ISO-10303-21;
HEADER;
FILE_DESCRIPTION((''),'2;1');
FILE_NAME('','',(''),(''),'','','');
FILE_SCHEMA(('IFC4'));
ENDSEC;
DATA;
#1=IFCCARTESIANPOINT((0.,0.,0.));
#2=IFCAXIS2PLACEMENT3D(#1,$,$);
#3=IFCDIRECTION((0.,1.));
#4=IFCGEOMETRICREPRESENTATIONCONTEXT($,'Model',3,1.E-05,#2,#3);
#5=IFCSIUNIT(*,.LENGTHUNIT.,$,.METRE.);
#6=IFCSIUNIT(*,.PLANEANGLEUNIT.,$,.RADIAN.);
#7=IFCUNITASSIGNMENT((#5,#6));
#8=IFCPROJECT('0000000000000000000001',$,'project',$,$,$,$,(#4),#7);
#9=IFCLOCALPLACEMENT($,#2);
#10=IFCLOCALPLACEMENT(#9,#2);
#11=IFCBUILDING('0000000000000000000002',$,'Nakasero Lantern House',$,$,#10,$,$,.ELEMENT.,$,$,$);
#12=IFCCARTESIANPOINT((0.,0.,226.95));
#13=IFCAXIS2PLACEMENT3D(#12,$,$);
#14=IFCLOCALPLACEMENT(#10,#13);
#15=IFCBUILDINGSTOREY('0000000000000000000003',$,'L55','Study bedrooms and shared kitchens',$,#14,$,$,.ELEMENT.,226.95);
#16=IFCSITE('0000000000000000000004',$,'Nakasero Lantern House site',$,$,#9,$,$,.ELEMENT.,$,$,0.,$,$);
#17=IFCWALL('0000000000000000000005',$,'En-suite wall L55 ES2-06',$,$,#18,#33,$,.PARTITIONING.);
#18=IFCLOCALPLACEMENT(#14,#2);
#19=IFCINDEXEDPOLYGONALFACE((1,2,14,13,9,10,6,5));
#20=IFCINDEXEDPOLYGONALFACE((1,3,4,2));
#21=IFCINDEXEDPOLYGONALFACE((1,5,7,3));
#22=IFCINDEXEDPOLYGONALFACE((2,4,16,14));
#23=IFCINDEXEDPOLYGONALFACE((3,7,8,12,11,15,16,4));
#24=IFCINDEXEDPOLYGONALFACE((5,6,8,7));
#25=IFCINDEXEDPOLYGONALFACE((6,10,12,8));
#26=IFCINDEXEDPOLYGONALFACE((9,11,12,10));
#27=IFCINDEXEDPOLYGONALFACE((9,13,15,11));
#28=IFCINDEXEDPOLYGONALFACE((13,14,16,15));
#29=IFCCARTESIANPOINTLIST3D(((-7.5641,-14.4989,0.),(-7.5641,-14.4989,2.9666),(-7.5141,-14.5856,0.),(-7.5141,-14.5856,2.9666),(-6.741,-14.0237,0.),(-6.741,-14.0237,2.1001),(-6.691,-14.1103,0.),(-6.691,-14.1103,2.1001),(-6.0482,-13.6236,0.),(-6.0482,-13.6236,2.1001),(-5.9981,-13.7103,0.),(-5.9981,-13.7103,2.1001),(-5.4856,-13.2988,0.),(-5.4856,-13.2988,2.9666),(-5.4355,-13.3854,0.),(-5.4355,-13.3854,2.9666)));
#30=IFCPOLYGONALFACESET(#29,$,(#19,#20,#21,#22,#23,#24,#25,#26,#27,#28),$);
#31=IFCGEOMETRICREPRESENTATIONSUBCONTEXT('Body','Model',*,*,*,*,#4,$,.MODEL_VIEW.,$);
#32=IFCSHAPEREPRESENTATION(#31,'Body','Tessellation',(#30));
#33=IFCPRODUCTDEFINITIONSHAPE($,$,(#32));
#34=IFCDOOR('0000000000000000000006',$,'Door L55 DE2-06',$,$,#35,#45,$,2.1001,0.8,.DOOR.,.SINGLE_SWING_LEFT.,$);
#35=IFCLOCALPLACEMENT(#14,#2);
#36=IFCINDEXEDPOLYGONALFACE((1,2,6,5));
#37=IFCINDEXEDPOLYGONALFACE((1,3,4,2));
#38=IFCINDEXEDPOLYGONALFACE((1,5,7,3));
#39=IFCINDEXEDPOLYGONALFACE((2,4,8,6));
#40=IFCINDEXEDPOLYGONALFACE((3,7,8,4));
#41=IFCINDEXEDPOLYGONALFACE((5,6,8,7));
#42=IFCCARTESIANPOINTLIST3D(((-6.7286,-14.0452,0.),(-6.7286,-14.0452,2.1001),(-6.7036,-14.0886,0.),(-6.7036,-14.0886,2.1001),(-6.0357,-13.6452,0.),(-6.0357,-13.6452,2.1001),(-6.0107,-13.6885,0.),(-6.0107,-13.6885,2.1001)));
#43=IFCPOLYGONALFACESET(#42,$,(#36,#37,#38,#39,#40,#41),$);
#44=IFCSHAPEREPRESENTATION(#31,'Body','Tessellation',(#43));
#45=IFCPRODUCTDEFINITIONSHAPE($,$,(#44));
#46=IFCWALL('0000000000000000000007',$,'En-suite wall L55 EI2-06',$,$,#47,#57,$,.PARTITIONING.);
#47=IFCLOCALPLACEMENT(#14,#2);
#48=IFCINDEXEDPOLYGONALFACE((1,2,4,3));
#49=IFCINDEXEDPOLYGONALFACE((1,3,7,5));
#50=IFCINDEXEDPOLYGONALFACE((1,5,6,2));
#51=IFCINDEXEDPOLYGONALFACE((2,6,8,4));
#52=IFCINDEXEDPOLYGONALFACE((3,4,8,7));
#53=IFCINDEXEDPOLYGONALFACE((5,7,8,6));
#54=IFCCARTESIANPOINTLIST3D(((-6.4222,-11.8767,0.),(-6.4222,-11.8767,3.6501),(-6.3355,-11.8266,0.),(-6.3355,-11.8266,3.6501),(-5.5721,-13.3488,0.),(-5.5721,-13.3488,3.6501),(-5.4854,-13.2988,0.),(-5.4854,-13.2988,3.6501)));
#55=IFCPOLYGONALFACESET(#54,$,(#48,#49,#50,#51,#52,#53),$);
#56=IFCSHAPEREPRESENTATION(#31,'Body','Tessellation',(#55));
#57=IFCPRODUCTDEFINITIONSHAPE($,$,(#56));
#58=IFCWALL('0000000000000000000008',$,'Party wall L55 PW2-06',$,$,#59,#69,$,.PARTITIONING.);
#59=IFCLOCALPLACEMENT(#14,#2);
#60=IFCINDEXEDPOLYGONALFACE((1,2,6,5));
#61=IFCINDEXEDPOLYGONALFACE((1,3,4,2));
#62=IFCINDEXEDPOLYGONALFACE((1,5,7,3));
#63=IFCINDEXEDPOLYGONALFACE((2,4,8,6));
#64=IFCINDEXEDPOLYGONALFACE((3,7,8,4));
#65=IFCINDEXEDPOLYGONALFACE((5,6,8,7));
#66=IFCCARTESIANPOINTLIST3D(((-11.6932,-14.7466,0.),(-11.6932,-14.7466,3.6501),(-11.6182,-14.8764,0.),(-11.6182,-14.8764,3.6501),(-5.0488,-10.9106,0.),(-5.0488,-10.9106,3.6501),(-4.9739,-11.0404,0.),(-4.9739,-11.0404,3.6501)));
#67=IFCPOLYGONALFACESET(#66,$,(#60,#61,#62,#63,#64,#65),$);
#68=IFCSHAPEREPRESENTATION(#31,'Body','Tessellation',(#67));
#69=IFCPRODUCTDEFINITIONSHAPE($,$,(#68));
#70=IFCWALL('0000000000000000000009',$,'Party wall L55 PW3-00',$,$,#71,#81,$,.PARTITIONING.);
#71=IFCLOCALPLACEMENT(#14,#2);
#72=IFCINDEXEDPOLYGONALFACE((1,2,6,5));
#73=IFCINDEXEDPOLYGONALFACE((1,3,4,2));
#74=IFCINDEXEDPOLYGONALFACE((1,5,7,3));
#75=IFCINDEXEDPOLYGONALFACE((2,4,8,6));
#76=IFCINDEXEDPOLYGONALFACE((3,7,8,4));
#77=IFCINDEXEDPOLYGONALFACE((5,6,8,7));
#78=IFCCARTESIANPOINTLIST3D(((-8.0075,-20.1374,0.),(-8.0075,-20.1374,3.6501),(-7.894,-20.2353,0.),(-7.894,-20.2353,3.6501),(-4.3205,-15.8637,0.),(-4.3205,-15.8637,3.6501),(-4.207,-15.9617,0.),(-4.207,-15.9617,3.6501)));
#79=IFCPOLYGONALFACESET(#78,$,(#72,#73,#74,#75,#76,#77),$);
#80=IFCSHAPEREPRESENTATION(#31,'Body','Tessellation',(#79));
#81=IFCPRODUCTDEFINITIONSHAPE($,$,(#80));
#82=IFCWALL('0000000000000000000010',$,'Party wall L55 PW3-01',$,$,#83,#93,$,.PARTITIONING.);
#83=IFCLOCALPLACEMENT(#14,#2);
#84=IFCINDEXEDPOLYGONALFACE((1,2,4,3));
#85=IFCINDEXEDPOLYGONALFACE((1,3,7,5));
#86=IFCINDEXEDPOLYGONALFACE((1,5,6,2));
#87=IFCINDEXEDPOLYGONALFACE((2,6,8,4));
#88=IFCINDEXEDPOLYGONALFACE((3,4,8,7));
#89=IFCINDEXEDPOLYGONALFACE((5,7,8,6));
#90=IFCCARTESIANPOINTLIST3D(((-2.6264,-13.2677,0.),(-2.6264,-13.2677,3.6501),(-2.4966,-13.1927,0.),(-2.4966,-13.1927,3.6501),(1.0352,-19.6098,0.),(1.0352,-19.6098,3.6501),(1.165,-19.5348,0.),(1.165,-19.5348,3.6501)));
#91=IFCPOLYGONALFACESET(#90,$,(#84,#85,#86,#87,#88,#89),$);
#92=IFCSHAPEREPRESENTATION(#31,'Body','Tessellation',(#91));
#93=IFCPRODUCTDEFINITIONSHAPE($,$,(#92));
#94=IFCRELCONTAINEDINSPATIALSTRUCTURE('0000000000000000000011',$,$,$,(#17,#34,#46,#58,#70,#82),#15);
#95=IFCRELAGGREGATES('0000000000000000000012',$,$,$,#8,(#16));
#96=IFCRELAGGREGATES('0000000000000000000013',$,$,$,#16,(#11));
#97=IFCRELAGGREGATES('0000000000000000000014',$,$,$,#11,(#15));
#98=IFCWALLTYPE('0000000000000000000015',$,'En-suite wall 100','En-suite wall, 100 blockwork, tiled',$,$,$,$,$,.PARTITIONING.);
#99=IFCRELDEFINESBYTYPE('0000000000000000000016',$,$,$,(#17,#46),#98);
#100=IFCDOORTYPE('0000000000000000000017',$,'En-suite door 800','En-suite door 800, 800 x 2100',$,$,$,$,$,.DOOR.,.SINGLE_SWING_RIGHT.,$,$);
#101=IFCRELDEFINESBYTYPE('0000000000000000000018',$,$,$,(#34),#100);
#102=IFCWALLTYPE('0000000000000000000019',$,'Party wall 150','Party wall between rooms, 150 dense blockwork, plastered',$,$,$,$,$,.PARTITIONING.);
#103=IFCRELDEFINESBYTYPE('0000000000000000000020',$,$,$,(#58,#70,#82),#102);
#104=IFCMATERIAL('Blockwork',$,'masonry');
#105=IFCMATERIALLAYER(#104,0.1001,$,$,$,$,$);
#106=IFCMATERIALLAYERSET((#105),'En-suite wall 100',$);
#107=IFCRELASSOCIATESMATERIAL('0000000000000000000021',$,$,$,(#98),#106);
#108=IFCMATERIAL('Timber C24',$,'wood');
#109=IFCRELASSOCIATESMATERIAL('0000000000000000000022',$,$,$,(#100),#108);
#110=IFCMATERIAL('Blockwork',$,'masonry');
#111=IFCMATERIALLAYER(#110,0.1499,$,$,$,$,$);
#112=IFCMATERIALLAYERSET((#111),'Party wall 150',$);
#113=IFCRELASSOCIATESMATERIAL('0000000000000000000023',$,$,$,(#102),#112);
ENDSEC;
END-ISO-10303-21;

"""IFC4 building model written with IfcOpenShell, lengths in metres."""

from ifc_helpers import new_model, si_unit, direction, frame, frame_2d, origin, place, context, subcontext, project, spatial, rectangle, extrude, material, layer, layer_set, type_object, element, fill, save


model = new_model("IFC4")

# Units and contexts
model_context = context("Model", 3, precision=1e-05, world=origin(), true_north=direction((0.0, 1.0)))
body_context = subcontext(model_context, "Body", "Model", "MODEL_VIEW")
ifc_project = project(units=[si_unit("LENGTHUNIT", "METRE"), si_unit("PLANEANGLEUNIT", "RADIAN")], contexts=[model_context])

# Site, building, storey
site_placement = place(None, origin())
site = spatial("IfcSite", under=ifc_project, at=site_placement, Name="Nakasero Lantern House site", CompositionType="ELEMENT", RefElevation=0.0)
building_placement = place(site_placement, origin())
building = spatial("IfcBuilding", under=site, at=building_placement, Name="Nakasero Lantern House", CompositionType="ELEMENT")
storey_placement = place(building_placement, frame((0.0, 0.0, 226.95)))
storey = spatial("IfcBuildingStorey", under=building, at=storey_placement, Name="L55", Description="Study bedrooms and shared kitchens", CompositionType="ELEMENT", Elevation=226.95)

# Wall, opening, door
ifc_material_1 = material(Name="Blockwork", Category="masonry")
ifc_layer_1 = layer(ifc_material_1, 0.1001)
ifc_layer_set_1 = layer_set([ifc_layer_1], Name="En-suite wall 100")
wall_type_1 = type_object("IfcWallType", Name="En-suite wall 100", Description="En-suite wall, 100 blockwork, tiled", PredefinedType="PARTITIONING", material=ifc_layer_set_1)
wall_1_placement = place(storey_placement, frame((-5.4604, -13.342, 0.0), z_axis=(0.0, 0.0, 1.0), x_axis=(-0.866006, -0.500034, 0.0)))
wall_1 = element("IfcWall", 1, at=wall_1_placement, inside=storey, type_object=wall_type_1, Name="En-suite wall L55 ES2-06", PredefinedType="PARTITIONING", context=body_context, shape_type="SweptSolid", body=[
    extrude(rectangle(XDim=2.4001, YDim=0.1001, at=frame_2d((1.2002, 0.0))), origin(), (0.0, 0.0, 1.0), 2.9666),
])
opening_1_placement = place(wall_1_placement, frame((0.6499, 0.0, 0.0)))
opening_1 = element("IfcOpeningElement", 2, at=opening_1_placement, cuts=wall_1, PredefinedType="OPENING", context=body_context, shape_type="SweptSolid", body=[
    extrude(rectangle(XDim=0.8, YDim=2.1001, at=frame_2d((0.3999, 1.05))), frame((0.0, 0.0701, 0.0), z_axis=(0.0, -1.0, 0.0), x_axis=(1.0, 0.0, 0.0)), (0.0, 0.0, 1.0), 0.1401),
])
ifc_material_2 = material(Name="Timber C24", Category="wood")
door_type_1 = type_object("IfcDoorType", Name="En-suite door 800", Description="En-suite door 800, 800 x 2100", OperationType="SINGLE_SWING_RIGHT", PredefinedType="DOOR", material=ifc_material_2)
door_1_placement = place(opening_1_placement, origin())
door_1 = element("IfcDoor", 3, at=door_1_placement, inside=storey, type_object=door_type_1, Name="Door L55 DE2-06", OperationType="SINGLE_SWING_LEFT", OverallHeight=2.1001, OverallWidth=0.8, PredefinedType="DOOR", context=body_context, shape_type="SweptSolid", body=[
    extrude(rectangle(XDim=0.8, YDim=2.1001, at=frame_2d((0.3999, 1.05))), frame((0.0, 0.0249, 0.0), z_axis=(0.0, -1.0, 0.0), x_axis=(1.0, 0.0, 0.0)), (0.0, 0.0, 1.0), 0.05),
])
fill(opening_1, door_1)

# Walls
wall_2_placement = place(storey_placement, frame((-6.3789, -11.8516, 0.0), z_axis=(0.0, 0.0, 1.0), x_axis=(0.500062, -0.865989, 0.0)))
element("IfcWall", 4, at=wall_2_placement, inside=storey, type_object=wall_type_1, Name="En-suite wall L55 EI2-06", PredefinedType="PARTITIONING", context=body_context, shape_type="SweptSolid", body=[
    extrude(rectangle(XDim=1.7, YDim=0.1001, at=frame_2d((0.8501, 0.0))), origin(), (0.0, 0.0, 1.0), 3.6501),
])
ifc_material_3 = material(Name="Blockwork", Category="masonry")
ifc_layer_2 = layer(ifc_material_3, 0.1499)
ifc_layer_set_2 = layer_set([ifc_layer_2], Name="Party wall 150")
wall_type_2 = type_object("IfcWallType", Name="Party wall 150", Description="Party wall between rooms, 150 dense blockwork, plastered", PredefinedType="PARTITIONING", material=ifc_layer_set_2)
wall_3_placement = place(storey_placement, frame((-5.0115, -10.9756, 0.0), z_axis=(0.0, 0.0, 1.0), x_axis=(-0.866034, -0.499986, 0.0)))
element("IfcWall", 5, at=wall_3_placement, inside=storey, type_object=wall_type_2, Name="Party wall L55 PW2-06", PredefinedType="PARTITIONING", context=body_context, shape_type="SweptSolid", body=[
    extrude(rectangle(XDim=7.6721, YDim=0.1499, at=frame_2d((3.8359, 0.0))), origin(), (0.0, 0.0, 1.0), 3.6501),
])
wall_4_placement = place(storey_placement, frame((-4.2637, -15.9126, 0.0), z_axis=(0.0, 0.0, 1.0), x_axis=(-0.653225, -0.757164, 0.0)))
element("IfcWall", 6, at=wall_4_placement, inside=storey, type_object=wall_type_2, Name="Party wall L55 PW3-00", PredefinedType="PARTITIONING", context=body_context, shape_type="SweptSolid", body=[
    extrude(rectangle(XDim=5.6443, YDim=0.1499, at=frame_2d((2.8223, 0.0))), origin(), (0.0, 0.0, 1.0), 3.6501),
])
wall_5_placement = place(storey_placement, frame((-2.5615, -13.2302, 0.0), z_axis=(0.0, 0.0, 1.0), x_axis=(0.500004, -0.866023, 0.0)))
element("IfcWall", 7, at=wall_5_placement, inside=storey, type_object=wall_type_2, Name="Party wall L55 PW3-01", PredefinedType="PARTITIONING", context=body_context, shape_type="SweptSolid", body=[
    extrude(rectangle(XDim=7.3232, YDim=0.1499, at=frame_2d((3.6616, 0.0))), origin(), (0.0, 0.0, 1.0), 3.6501),
])

save(model, "model.ifc")
